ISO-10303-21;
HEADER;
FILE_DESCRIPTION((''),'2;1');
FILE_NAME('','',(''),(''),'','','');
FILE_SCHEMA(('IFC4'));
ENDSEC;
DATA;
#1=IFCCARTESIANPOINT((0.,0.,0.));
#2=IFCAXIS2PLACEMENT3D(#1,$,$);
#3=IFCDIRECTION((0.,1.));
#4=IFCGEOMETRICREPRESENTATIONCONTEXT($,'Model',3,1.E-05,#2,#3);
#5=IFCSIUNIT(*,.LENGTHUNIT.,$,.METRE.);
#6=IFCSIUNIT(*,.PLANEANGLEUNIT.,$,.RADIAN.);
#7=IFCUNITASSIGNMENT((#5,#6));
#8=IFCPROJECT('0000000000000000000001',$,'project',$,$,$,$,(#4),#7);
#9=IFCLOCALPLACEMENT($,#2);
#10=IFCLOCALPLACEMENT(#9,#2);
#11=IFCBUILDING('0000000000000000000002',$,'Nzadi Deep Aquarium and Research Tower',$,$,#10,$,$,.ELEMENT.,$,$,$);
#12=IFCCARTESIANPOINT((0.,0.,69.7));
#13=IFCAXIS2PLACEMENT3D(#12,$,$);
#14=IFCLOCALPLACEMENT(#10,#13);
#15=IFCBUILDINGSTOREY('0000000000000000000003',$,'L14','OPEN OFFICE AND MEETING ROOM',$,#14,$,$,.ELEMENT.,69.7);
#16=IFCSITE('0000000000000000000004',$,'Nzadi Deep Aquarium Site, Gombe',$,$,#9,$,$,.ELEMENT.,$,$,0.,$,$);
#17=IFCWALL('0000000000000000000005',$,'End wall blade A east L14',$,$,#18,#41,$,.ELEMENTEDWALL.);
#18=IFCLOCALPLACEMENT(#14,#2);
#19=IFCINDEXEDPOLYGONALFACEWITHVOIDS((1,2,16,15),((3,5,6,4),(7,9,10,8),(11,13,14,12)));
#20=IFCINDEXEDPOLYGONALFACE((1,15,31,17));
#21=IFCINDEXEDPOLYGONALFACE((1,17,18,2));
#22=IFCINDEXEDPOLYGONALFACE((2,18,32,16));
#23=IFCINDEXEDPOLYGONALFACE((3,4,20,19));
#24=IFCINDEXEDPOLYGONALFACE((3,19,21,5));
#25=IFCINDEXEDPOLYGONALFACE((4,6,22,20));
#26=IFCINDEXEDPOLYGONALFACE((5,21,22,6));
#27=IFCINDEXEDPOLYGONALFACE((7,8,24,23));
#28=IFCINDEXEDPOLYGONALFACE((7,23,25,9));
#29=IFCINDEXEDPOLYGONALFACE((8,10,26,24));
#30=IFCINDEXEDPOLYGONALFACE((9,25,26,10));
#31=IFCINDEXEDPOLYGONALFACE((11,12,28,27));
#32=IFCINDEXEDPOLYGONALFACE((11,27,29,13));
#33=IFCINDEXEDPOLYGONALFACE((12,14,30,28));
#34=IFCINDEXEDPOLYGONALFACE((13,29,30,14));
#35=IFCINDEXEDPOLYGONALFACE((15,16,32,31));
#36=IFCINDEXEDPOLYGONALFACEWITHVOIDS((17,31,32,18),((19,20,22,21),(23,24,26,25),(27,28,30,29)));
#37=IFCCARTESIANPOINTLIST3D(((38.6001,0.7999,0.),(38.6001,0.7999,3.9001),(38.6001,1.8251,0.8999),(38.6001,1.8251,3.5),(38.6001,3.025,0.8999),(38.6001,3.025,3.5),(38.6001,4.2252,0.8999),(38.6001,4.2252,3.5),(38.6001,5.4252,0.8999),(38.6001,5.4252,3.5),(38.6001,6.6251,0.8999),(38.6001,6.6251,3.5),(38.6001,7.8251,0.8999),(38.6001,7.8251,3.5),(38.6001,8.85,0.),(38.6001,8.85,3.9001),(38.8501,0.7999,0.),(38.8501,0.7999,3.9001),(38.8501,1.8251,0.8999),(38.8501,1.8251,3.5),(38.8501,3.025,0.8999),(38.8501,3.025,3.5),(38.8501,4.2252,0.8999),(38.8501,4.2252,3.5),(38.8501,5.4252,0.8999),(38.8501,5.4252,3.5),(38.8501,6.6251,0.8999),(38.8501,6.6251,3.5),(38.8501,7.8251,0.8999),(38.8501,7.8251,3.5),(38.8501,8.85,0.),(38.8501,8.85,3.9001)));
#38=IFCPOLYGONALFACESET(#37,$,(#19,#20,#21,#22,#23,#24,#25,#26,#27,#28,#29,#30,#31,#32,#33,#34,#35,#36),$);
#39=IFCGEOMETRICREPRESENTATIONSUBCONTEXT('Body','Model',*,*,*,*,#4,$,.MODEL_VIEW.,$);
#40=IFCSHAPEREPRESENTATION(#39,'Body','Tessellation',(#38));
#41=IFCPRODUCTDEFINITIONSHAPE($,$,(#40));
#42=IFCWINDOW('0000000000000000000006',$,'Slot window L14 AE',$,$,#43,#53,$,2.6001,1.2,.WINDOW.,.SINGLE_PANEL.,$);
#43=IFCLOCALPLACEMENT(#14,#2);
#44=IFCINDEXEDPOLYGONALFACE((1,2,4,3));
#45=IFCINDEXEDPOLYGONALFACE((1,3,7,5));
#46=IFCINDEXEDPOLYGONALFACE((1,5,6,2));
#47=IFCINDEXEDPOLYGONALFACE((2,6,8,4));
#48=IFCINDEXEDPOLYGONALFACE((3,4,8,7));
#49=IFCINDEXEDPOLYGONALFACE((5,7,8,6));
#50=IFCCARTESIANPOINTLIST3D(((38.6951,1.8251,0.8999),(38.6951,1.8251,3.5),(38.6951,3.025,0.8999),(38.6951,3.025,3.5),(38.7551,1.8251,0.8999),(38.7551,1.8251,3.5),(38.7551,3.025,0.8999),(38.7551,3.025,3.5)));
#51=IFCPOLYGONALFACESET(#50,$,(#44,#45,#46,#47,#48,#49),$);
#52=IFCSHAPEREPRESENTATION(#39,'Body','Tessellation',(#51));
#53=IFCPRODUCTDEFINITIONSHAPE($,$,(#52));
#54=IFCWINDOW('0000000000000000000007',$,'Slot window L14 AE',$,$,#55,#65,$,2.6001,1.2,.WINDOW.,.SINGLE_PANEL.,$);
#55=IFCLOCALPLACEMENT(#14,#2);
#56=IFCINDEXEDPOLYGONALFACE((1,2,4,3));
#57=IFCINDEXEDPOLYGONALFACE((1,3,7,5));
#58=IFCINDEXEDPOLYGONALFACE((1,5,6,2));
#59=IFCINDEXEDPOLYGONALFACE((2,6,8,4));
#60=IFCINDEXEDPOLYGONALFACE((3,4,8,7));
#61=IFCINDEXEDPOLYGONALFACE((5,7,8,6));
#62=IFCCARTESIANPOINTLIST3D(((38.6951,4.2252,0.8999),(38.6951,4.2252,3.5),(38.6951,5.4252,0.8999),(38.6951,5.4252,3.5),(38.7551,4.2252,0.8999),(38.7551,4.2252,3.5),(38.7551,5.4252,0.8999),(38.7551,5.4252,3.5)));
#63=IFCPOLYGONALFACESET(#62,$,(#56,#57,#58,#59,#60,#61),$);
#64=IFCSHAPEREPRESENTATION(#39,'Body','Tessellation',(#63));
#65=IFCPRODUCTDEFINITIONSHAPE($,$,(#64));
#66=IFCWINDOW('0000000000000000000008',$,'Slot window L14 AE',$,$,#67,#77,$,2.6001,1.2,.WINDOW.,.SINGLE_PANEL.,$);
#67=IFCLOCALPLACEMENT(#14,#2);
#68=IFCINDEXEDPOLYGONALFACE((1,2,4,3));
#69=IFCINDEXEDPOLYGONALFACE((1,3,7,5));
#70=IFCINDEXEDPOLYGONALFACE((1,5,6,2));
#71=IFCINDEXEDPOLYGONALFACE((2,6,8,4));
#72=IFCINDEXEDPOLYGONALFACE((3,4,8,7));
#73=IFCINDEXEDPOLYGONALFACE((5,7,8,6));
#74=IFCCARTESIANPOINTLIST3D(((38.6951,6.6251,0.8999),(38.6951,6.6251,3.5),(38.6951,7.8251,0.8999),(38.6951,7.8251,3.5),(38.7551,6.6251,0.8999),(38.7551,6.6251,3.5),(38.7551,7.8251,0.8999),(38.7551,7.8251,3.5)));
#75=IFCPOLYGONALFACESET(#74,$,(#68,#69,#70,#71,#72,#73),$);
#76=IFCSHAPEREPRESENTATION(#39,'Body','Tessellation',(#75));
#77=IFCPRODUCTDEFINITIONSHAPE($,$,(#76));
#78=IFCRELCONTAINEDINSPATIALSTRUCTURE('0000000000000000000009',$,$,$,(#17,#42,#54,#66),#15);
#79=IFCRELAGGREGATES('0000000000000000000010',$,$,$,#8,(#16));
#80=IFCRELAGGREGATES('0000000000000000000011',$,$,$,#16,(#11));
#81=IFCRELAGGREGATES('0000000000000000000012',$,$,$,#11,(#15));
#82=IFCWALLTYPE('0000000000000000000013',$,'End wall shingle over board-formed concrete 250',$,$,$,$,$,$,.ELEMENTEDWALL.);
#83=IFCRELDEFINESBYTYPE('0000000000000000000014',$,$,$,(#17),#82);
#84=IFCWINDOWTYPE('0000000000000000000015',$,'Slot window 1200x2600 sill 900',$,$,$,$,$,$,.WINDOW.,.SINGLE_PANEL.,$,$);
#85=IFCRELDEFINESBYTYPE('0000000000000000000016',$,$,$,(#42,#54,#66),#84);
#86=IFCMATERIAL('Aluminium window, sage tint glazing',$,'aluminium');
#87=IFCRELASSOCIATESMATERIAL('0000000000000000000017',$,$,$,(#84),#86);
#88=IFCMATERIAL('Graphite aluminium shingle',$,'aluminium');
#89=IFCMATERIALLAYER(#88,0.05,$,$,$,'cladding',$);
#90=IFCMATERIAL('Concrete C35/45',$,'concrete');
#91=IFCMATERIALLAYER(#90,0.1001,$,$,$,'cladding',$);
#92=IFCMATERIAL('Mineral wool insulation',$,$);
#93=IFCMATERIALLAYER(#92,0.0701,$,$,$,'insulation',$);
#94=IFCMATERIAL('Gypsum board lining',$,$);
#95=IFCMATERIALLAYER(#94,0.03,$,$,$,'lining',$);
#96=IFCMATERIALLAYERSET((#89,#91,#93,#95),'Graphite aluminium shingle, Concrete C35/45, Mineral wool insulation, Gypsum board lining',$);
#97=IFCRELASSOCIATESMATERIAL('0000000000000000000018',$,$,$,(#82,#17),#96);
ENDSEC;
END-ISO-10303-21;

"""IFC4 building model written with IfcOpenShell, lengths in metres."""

from ifc_helpers import new_model, si_unit, direction, frame, frame_2d, origin, place, context, subcontext, project, spatial, rectangle, extrude, material, layer, layer_set, layer_usage, type_object, element, fill, save


model = new_model("IFC4")

# Units and contexts
model_context = context("Model", 3, precision=1e-05, world=origin(), true_north=direction((0.0, 1.0)))
body_context = subcontext(model_context, "Body", "Model", "MODEL_VIEW")
ifc_project = project(units=[si_unit("LENGTHUNIT", "METRE"), si_unit("PLANEANGLEUNIT", "RADIAN")], contexts=[model_context])

# Site, building, storey
site_placement = place(None, origin())
site = spatial("IfcSite", under=ifc_project, at=site_placement, Name="Nzadi Deep Aquarium Site, Gombe", CompositionType="ELEMENT", RefElevation=0.0)
building_placement = place(site_placement, origin())
building = spatial("IfcBuilding", under=site, at=building_placement, Name="Nzadi Deep Aquarium and Research Tower", CompositionType="ELEMENT")
storey_placement = place(building_placement, frame((0.0, 0.0, 69.7)))
storey = spatial("IfcBuildingStorey", under=building, at=storey_placement, Name="L14", Description="OPEN OFFICE AND MEETING ROOM", CompositionType="ELEMENT", Elevation=69.7)

# Shared definitions
ifc_material_1 = material(Name="Concrete C35/45", Category="concrete")
ifc_material_2 = material(Name="Mineral wool insulation")
ifc_material_3 = material(Name="Gypsum board lining")

# Shared definitions
ifc_material_4 = material(Name="Aluminium window, sage tint glazing", Category="aluminium")
window_type = type_object("IfcWindowType", Name="Slot window 1200x2600 sill 900", PartitioningType="SINGLE_PANEL", PredefinedType="WINDOW", material=ifc_material_4)

# Wall, openings, windows
ifc_material_5 = material(Name="Graphite aluminium shingle", Category="aluminium")
ifc_layer_1 = layer(ifc_material_5, 0.05, Category="cladding")
ifc_layer_2 = layer(ifc_material_1, 0.1001, Category="cladding")
ifc_layer_3 = layer(ifc_material_2, 0.0701, Category="insulation")
ifc_layer_4 = layer(ifc_material_3, 0.03, Category="lining")
ifc_layer_set_1 = layer_set([ifc_layer_1, ifc_layer_2, ifc_layer_3, ifc_layer_4], Name="Graphite aluminium shingle, Concrete C35/45, Mineral wool insulation, Gypsum board lining")
ifc_layer_usage_1 = layer_usage(ifc_layer_set_1, "AXIS2", "POSITIVE", -0.125)
wall_type_1 = type_object("IfcWallType", Name="End wall shingle over board-formed concrete 250", PredefinedType="ELEMENTEDWALL", material=ifc_layer_set_1)
wall_1_placement = place(storey_placement, frame((38.7251, 0.8, 0.0), z_axis=(0.0, 0.0, 1.0), x_axis=(0.0, 1.0, 0.0)))
wall_1 = element("IfcWall", 1, at=wall_1_placement, inside=storey, type_object=wall_type_1, material=ifc_layer_usage_1, Name="End wall blade A east L14", PredefinedType="ELEMENTEDWALL", context=body_context, shape_type="SweptSolid", body=[
    extrude(rectangle(XDim=8.05, YDim=0.25, at=frame_2d((4.0249, 0.0))), origin(), (0.0, 0.0, 1.0), 3.9001),
])
opening_1_placement = place(wall_1_placement, frame((1.0249, 0.0, 0.8999)))
opening_1 = element("IfcOpeningElement", 2, at=opening_1_placement, cuts=wall_1, PredefinedType="OPENING", context=body_context, shape_type="SweptSolid", body=[
    extrude(rectangle(XDim=1.2, YDim=2.6001, at=frame_2d((0.6001, 1.3))), frame((0.0, 0.135, 0.0), z_axis=(0.0, -1.0, 0.0), x_axis=(1.0, 0.0, 0.0)), (0.0, 0.0, 1.0), 0.27),
])
opening_2_placement = place(wall_1_placement, frame((3.425, 0.0, 0.8999)))
opening_2 = element("IfcOpeningElement", 3, at=opening_2_placement, cuts=wall_1, PredefinedType="OPENING", context=body_context, shape_type="SweptSolid", body=[
    extrude(rectangle(XDim=1.2, YDim=2.6001, at=frame_2d((0.6001, 1.3))), frame((0.0, 0.135, 0.0), z_axis=(0.0, -1.0, 0.0), x_axis=(1.0, 0.0, 0.0)), (0.0, 0.0, 1.0), 0.27),
])
opening_3_placement = place(wall_1_placement, frame((5.825, 0.0, 0.8999)))
opening_3 = element("IfcOpeningElement", 4, at=opening_3_placement, cuts=wall_1, PredefinedType="OPENING", context=body_context, shape_type="SweptSolid", body=[
    extrude(rectangle(XDim=1.2, YDim=2.6001, at=frame_2d((0.6001, 1.3))), frame((0.0, 0.135, 0.0), z_axis=(0.0, -1.0, 0.0), x_axis=(1.0, 0.0, 0.0)), (0.0, 0.0, 1.0), 0.27),
])
window_1_placement = place(opening_1_placement, origin())
window_1 = element("IfcWindow", 5, at=window_1_placement, inside=storey, type_object=window_type, Name="Slot window L14 AE", OverallHeight=2.6001, OverallWidth=1.2, PartitioningType="SINGLE_PANEL", PredefinedType="WINDOW", context=body_context, shape_type="SweptSolid", body=[
    extrude(rectangle(XDim=1.2, YDim=2.6001, at=frame_2d((0.6001, 1.3))), frame((0.0, 0.03, 0.0), z_axis=(0.0, -1.0, 0.0), x_axis=(1.0, 0.0, 0.0)), (0.0, 0.0, 1.0), 0.0601),
])
fill(opening_1, window_1)
window_2_placement = place(opening_2_placement, origin())
window_2 = element("IfcWindow", 6, at=window_2_placement, inside=storey, type_object=window_type, Name="Slot window L14 AE", OverallHeight=2.6001, OverallWidth=1.2, PartitioningType="SINGLE_PANEL", PredefinedType="WINDOW", context=body_context, shape_type="SweptSolid", body=[
    extrude(rectangle(XDim=1.2, YDim=2.6001, at=frame_2d((0.6001, 1.3))), frame((0.0, 0.03, 0.0), z_axis=(0.0, -1.0, 0.0), x_axis=(1.0, 0.0, 0.0)), (0.0, 0.0, 1.0), 0.0601),
])
fill(opening_2, window_2)
window_3_placement = place(opening_3_placement, origin())
window_3 = element("IfcWindow", 7, at=window_3_placement, inside=storey, type_object=window_type, Name="Slot window L14 AE", OverallHeight=2.6001, OverallWidth=1.2, PartitioningType="SINGLE_PANEL", PredefinedType="WINDOW", context=body_context, shape_type="SweptSolid", body=[
    extrude(rectangle(XDim=1.2, YDim=2.6001, at=frame_2d((0.6001, 1.3))), frame((0.0, 0.03, 0.0), z_axis=(0.0, -1.0, 0.0), x_axis=(1.0, 0.0, 0.0)), (0.0, 0.0, 1.0), 0.0601),
])
fill(opening_3, window_3)

save(model, "model.ifc")
